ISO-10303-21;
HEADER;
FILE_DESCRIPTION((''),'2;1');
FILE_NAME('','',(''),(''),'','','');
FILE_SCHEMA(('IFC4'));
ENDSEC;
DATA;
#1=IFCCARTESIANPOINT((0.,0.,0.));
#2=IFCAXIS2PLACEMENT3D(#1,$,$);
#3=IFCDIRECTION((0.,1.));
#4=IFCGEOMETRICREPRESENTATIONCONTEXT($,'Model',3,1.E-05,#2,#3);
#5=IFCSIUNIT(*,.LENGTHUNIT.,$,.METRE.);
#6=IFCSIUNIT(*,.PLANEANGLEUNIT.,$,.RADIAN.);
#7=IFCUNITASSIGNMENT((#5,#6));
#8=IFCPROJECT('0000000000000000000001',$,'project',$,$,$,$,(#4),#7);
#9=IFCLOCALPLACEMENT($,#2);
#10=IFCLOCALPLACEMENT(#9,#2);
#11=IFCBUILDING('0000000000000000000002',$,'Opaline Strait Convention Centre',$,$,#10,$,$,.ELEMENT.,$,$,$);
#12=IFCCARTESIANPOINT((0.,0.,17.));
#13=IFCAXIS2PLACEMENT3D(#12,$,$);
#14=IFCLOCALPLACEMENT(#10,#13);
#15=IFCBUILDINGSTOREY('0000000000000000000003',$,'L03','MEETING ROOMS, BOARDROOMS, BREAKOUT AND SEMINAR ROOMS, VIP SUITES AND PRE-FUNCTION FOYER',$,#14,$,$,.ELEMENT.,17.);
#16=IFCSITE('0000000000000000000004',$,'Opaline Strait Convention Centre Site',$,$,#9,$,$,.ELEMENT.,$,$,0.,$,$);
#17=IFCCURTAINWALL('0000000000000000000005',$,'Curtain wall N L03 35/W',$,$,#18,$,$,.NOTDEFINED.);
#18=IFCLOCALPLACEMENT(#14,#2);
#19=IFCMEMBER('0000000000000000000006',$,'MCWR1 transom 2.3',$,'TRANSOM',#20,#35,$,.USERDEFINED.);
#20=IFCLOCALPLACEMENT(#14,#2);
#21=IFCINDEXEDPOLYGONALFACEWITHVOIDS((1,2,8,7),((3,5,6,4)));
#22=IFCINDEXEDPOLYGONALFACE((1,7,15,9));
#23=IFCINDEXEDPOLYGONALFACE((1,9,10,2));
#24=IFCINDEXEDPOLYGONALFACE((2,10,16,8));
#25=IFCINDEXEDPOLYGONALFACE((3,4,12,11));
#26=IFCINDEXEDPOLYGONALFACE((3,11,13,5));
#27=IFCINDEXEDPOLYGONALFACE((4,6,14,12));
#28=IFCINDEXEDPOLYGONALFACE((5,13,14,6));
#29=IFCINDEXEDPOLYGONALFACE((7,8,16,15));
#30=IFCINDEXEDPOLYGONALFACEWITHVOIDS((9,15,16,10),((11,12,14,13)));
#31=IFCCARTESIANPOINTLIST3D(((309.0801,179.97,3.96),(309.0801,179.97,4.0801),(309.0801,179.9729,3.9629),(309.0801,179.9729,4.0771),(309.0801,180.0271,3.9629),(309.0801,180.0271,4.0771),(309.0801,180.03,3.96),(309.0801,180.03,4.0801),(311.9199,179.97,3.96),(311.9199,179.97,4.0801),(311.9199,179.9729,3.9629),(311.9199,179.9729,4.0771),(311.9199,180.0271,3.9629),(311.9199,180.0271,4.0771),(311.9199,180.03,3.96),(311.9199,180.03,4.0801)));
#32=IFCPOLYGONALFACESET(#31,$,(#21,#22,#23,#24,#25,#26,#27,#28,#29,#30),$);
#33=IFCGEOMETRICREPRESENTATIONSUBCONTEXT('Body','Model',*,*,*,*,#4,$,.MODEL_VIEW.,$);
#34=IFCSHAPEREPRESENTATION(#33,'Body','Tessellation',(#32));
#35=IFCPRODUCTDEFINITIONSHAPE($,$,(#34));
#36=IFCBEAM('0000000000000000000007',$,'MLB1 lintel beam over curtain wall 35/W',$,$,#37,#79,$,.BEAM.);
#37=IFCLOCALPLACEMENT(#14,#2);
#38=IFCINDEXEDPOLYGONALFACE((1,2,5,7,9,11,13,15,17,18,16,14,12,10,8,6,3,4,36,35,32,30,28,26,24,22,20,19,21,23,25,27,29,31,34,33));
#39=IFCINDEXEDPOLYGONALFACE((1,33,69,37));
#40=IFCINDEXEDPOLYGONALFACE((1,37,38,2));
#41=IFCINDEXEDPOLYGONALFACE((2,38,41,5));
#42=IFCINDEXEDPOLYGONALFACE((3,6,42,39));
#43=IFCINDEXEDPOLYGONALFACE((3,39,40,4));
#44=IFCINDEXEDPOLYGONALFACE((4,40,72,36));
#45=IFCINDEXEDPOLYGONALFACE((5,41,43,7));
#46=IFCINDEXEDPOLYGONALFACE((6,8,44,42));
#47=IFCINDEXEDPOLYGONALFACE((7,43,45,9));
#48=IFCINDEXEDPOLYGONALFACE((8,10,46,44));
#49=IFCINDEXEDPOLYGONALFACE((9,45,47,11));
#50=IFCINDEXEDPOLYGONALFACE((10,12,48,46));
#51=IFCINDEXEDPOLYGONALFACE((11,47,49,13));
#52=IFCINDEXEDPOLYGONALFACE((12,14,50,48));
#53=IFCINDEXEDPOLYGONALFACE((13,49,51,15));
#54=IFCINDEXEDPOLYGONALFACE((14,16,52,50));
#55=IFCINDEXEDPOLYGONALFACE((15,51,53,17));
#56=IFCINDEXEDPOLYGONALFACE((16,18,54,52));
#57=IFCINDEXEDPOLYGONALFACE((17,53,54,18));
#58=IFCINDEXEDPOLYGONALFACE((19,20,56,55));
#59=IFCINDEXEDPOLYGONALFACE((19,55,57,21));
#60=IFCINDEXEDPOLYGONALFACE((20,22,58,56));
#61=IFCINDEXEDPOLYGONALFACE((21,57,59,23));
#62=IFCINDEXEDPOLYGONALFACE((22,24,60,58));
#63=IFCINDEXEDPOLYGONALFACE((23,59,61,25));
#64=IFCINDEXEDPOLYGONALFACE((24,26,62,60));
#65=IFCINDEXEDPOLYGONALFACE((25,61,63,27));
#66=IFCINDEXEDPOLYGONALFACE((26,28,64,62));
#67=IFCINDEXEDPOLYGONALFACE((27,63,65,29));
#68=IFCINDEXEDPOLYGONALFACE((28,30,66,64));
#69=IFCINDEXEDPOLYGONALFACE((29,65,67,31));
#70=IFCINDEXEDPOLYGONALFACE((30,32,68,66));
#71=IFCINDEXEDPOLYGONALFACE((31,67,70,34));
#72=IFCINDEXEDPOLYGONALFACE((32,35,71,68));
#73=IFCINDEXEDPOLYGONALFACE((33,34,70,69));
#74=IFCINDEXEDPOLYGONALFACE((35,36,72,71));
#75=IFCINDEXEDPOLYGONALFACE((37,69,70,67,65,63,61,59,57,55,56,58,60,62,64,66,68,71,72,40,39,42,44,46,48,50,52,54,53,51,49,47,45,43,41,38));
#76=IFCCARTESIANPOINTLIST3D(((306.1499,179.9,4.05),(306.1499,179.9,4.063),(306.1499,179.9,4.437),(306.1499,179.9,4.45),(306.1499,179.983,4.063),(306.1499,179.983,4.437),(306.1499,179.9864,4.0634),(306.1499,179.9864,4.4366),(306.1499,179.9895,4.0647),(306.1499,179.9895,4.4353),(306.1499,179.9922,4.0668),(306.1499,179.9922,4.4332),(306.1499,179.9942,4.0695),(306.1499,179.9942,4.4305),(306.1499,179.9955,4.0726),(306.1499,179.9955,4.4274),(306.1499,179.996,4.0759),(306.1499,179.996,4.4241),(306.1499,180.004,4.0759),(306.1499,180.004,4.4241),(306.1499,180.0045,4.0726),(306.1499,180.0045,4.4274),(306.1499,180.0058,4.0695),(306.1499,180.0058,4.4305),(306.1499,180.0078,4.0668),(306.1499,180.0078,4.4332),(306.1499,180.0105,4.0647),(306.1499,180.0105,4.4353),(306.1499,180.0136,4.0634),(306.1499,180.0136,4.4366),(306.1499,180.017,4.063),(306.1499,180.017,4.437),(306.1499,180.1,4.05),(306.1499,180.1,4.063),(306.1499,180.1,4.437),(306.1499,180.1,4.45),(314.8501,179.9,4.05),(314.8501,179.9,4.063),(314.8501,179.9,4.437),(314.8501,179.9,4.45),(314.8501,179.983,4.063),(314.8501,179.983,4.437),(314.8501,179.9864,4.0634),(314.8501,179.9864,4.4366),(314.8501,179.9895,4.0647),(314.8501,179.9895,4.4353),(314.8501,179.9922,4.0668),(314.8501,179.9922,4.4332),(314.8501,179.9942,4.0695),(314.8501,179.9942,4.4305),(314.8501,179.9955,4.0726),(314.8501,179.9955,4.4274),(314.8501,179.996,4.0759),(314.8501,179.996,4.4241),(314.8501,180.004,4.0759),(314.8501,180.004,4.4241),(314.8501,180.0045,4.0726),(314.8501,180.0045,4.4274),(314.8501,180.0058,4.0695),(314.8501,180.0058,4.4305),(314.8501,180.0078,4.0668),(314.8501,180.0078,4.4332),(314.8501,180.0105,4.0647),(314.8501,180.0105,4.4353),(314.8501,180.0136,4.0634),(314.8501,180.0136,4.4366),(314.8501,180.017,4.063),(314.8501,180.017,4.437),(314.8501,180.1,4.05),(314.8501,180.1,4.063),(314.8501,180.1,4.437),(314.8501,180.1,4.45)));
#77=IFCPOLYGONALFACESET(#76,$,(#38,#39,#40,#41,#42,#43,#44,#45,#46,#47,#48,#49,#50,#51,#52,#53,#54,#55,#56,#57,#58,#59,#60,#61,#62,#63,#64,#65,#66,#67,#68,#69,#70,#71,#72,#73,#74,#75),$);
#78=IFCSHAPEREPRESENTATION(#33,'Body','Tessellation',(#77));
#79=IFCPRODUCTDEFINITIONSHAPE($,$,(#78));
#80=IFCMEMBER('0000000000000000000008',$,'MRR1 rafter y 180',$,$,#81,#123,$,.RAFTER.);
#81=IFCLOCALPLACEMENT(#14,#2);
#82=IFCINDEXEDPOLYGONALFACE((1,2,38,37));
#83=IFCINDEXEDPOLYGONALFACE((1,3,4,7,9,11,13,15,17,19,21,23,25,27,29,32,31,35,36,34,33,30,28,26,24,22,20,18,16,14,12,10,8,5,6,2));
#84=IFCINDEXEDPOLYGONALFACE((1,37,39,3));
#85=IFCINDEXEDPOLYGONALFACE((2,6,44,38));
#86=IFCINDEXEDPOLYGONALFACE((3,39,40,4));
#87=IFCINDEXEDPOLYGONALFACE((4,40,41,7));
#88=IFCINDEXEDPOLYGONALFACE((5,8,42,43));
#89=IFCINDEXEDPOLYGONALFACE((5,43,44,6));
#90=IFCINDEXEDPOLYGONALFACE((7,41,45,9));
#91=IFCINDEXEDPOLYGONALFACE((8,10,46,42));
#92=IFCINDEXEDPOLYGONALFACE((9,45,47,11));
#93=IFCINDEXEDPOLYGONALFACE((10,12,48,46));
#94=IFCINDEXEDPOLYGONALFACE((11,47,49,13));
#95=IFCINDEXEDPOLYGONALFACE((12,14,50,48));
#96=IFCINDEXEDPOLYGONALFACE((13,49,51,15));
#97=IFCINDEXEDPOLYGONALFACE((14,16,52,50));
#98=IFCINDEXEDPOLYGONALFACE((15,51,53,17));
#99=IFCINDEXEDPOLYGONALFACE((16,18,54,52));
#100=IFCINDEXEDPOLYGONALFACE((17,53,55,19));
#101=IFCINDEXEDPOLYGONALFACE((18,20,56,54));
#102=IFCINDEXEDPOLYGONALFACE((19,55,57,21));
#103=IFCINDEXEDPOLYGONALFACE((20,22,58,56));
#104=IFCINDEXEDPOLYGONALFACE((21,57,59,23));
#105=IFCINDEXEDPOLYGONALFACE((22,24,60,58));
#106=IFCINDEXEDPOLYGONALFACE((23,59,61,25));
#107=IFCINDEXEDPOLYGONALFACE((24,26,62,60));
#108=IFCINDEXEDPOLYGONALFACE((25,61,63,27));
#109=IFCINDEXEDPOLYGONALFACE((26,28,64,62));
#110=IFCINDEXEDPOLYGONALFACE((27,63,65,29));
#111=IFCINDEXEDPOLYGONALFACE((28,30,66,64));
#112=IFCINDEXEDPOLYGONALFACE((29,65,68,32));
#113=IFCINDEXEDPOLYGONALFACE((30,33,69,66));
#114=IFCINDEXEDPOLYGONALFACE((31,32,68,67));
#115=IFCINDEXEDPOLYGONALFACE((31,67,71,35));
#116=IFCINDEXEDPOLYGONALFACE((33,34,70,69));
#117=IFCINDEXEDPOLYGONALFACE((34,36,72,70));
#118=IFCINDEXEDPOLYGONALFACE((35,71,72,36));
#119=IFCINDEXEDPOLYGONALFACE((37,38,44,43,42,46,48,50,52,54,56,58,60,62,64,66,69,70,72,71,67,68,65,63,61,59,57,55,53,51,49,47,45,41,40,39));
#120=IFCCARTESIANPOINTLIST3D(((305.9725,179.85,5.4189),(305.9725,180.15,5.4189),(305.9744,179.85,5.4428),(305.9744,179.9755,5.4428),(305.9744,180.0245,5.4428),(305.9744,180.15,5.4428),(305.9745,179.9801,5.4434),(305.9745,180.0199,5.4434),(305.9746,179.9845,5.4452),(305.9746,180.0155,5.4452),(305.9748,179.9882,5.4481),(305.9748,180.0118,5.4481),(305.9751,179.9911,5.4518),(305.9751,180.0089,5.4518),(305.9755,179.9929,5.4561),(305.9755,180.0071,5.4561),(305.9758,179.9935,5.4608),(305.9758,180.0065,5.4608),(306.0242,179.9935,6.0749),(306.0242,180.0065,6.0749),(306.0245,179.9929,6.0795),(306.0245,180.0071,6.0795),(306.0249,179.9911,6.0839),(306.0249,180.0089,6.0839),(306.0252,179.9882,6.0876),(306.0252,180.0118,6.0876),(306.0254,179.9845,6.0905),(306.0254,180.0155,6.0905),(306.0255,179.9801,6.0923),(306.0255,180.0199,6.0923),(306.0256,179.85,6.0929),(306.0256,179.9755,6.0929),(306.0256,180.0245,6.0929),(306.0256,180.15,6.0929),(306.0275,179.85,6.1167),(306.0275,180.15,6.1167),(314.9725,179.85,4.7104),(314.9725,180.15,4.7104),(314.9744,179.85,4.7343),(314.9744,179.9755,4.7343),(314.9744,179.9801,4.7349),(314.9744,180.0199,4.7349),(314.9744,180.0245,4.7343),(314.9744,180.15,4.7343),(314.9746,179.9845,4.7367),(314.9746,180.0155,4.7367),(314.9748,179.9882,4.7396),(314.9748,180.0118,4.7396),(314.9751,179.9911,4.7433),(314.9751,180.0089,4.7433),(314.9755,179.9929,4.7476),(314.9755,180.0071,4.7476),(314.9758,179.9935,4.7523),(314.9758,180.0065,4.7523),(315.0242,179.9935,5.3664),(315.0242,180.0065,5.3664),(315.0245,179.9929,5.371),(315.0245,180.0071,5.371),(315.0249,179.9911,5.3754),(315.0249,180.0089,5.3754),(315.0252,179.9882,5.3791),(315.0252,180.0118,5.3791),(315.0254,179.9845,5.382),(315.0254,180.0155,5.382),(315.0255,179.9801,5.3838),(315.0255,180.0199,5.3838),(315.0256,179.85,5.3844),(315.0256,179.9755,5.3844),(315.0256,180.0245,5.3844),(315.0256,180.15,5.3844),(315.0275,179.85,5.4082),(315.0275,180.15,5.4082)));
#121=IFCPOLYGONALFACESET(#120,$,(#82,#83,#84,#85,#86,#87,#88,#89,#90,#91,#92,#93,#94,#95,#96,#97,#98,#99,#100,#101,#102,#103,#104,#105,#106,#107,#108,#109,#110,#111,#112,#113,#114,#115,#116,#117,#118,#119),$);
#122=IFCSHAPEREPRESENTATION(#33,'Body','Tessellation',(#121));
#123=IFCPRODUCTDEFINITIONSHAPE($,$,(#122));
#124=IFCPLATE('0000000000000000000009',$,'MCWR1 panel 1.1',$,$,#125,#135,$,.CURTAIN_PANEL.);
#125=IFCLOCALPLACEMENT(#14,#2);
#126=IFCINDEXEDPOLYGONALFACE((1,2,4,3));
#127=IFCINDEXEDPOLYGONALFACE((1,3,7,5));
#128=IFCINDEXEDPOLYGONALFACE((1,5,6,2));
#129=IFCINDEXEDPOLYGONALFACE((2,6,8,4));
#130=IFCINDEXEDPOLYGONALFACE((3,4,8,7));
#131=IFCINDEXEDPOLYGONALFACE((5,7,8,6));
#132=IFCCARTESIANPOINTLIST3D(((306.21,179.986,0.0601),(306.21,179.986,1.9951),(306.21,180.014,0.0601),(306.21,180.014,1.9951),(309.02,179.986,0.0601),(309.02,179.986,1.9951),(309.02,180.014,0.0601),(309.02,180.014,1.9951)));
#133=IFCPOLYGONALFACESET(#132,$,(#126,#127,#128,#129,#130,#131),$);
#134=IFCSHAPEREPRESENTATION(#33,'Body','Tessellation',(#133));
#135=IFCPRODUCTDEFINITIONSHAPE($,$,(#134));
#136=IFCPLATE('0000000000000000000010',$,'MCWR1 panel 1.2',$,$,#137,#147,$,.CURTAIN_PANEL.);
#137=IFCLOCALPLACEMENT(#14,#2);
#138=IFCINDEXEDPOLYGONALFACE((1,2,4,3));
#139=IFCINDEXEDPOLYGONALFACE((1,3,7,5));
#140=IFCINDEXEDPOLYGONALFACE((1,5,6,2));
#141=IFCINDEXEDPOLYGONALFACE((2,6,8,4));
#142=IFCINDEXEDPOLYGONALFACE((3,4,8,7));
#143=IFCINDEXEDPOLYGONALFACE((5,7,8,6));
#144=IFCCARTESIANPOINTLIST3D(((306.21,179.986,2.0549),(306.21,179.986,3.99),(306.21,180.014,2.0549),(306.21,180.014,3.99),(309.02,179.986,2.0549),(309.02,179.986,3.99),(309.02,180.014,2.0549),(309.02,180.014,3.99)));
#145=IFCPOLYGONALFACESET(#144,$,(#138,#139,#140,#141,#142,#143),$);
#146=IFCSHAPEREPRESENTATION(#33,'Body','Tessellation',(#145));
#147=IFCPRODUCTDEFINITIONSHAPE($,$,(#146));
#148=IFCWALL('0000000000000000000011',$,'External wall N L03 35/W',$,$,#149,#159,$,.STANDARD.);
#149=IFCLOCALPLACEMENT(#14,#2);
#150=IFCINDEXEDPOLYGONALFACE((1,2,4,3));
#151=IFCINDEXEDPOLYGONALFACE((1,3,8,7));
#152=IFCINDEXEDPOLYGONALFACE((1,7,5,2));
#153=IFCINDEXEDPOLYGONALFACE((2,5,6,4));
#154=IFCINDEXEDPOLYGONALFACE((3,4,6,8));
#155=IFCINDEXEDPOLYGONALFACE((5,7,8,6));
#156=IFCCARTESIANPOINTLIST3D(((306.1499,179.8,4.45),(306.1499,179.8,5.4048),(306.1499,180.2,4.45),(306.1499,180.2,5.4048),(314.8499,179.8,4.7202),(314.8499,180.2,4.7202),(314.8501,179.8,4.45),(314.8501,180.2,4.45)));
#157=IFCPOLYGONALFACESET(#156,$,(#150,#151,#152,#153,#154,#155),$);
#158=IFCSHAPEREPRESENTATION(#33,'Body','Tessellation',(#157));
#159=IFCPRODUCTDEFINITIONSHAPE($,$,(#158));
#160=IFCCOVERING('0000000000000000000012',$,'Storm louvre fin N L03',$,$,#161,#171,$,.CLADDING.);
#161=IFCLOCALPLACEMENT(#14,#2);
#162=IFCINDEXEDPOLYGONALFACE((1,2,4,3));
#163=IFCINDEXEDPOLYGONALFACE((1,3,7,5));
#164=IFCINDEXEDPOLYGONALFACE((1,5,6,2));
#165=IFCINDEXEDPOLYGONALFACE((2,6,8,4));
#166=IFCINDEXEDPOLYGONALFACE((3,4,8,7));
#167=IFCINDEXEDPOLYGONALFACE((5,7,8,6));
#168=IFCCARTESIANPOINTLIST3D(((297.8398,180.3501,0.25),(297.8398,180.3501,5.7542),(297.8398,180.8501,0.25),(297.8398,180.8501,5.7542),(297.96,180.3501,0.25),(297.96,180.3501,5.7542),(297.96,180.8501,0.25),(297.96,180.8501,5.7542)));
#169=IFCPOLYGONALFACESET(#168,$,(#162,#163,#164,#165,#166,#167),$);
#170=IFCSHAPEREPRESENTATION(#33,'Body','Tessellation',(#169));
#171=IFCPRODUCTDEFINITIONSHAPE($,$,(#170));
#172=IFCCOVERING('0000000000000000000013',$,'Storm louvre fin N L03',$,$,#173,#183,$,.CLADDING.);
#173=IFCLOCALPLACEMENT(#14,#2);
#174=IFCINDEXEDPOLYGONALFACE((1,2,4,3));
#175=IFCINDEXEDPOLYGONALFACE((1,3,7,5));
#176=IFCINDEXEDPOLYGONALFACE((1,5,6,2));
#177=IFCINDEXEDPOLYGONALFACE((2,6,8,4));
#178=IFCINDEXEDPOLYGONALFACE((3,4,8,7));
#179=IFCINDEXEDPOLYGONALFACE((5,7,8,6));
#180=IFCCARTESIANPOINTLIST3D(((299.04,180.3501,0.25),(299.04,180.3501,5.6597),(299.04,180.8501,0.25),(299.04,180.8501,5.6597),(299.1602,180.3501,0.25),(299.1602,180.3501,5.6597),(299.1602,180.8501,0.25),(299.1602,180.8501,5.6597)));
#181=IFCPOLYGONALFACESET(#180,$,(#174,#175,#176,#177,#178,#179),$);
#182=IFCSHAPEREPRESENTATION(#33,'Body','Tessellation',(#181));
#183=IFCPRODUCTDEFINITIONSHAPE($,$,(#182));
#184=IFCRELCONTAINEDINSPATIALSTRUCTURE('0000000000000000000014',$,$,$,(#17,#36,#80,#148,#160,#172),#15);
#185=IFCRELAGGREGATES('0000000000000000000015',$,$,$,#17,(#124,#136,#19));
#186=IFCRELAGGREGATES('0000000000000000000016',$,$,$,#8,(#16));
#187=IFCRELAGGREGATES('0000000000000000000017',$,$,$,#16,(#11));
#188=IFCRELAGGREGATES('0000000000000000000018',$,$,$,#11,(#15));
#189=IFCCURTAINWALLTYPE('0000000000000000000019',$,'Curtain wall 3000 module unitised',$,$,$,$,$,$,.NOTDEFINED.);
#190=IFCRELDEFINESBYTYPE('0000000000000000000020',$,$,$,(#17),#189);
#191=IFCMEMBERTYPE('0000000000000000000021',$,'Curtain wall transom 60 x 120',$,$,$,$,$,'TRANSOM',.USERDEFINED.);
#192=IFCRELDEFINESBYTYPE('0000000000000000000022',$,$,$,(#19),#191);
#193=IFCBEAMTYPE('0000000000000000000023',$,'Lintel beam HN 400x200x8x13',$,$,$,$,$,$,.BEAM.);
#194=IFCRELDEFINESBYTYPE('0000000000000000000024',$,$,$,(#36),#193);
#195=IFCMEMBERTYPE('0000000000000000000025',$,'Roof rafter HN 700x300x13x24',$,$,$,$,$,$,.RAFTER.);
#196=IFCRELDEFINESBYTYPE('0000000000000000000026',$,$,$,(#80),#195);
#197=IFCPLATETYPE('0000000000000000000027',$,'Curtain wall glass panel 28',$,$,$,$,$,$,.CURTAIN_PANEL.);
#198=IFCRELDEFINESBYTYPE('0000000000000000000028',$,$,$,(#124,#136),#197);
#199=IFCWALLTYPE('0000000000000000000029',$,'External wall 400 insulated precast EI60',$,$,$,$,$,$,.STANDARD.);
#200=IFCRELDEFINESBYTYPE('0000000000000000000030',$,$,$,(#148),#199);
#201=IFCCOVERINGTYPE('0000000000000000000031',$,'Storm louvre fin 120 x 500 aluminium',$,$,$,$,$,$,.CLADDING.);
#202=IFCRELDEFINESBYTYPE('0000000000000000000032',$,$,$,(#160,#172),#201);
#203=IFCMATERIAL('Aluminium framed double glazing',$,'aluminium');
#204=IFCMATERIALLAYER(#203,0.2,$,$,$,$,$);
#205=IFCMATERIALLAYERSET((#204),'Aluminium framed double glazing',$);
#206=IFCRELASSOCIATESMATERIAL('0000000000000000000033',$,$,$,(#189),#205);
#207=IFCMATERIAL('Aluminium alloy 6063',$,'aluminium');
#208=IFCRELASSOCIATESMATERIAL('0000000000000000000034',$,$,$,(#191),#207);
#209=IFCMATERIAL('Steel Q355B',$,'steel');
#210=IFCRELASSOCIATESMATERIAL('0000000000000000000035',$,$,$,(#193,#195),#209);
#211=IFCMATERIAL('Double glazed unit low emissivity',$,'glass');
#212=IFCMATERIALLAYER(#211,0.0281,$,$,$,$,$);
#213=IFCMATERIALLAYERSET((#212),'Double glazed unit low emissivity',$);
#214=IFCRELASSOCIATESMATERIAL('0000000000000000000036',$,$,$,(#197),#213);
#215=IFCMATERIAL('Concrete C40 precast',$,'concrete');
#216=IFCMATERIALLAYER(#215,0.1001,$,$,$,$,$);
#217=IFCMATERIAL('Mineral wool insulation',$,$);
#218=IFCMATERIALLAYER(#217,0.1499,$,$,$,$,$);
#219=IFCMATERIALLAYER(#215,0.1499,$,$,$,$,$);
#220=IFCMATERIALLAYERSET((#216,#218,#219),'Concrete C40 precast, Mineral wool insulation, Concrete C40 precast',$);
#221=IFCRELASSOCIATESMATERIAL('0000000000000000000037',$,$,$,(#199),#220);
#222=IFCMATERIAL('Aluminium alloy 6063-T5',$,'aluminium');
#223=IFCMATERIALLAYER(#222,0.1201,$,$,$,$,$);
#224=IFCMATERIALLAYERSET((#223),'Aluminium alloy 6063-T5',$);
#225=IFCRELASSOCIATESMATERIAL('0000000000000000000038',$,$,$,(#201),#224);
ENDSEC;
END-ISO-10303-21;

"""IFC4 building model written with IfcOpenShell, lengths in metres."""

from ifc_helpers import new_model, si_unit, direction, frame, origin, origin_2d, place, context, subcontext, project, spatial, polyline, rectangle, hollow_rectangle, i_section, outline, extrude, material, layer, layer_set, material_profile, profile_set, type_object, element, aggregate, save


model = new_model("IFC4")

# Units and contexts
model_context = context("Model", 3, precision=1e-05, world=origin(), true_north=direction((0.0, 1.0)))
body_context = subcontext(model_context, "Body", "Model", "MODEL_VIEW")
ifc_project = project(units=[si_unit("LENGTHUNIT", "METRE"), si_unit("PLANEANGLEUNIT", "RADIAN")], contexts=[model_context])

# Site, building, storey
site_placement = place(None, origin())
site = spatial("IfcSite", under=ifc_project, at=site_placement, Name="Opaline Strait Convention Centre Site", CompositionType="ELEMENT", RefElevation=0.0)
building_placement = place(site_placement, origin())
building = spatial("IfcBuilding", under=site, at=building_placement, Name="Opaline Strait Convention Centre", CompositionType="ELEMENT")
storey_placement = place(building_placement, frame((0.0, 0.0, 17.0)))
storey = spatial("IfcBuildingStorey", under=building, at=storey_placement, Name="L03", Description="MEETING ROOMS, BOARDROOMS, BREAKOUT AND SEMINAR ROOMS, VIP SUITES AND PRE-FUNCTION FOYER", CompositionType="ELEMENT", Elevation=17.0)

# Shared definitions
ifc_material_1 = material(Name="Steel Q355B", Category="steel")

# Curtain wall, member
ifc_material_2 = material(Name="Aluminium framed double glazing", Category="aluminium")
ifc_layer_1 = layer(ifc_material_2, 0.2)
ifc_layer_set_1 = layer_set([ifc_layer_1], Name="Aluminium framed double glazing")
curtain_wall_type = type_object("IfcCurtainWallType", Name="Curtain wall 3000 module unitised", PredefinedType="NOTDEFINED", material=ifc_layer_set_1)
curtain_wall_placement = place(storey_placement, origin())
curtain_wall = element("IfcCurtainWall", 1, at=curtain_wall_placement, inside=storey, type_object=curtain_wall_type, Name="Curtain wall N L03 35/W", PredefinedType="NOTDEFINED")
ifc_material_3 = material(Name="Aluminium alloy 6063", Category="aluminium")
ifc_material_profile_1 = material_profile(ifc_material_3, hollow_rectangle(XDim=0.0601, YDim=0.1201, WallThickness=0.0029, at=origin_2d()), Name="TRANSOM 60x120x3")
ifc_profile_set_1 = profile_set([ifc_material_profile_1], Name="Aluminium alloy 6063")
member_type_1 = type_object("IfcMemberType", Name="Curtain wall transom 60 x 120", ElementType="TRANSOM", PredefinedType="USERDEFINED", material=ifc_profile_set_1)
member_1_placement = place(storey_placement, frame((309.0801, 180.0, 4.02), z_axis=(1.0, 0.0, 0.0), x_axis=(0.0, 1.0, 0.0)))
member_1 = element("IfcMember", 2, at=member_1_placement, type_object=member_type_1, Name="MCWR1 transom 2.3", ObjectType="TRANSOM", PredefinedType="USERDEFINED", context=body_context, shape_type="SweptSolid", body=[
    extrude(hollow_rectangle(XDim=0.0601, YDim=0.1201, WallThickness=0.0029, at=origin_2d()), origin(), (0.0, 0.0, 1.0), 2.8398),
])

# Beam
ifc_material_profile_2 = material_profile(ifc_material_1, i_section(OverallWidth=0.2, OverallDepth=0.3999, WebThickness=0.0081, FlangeThickness=0.0129, FilletRadius=0.0129, at=origin_2d()), Name="HN 400x200x8x13")
ifc_profile_set_2 = profile_set([ifc_material_profile_2], Name="Steel Q355B")
beam_type = type_object("IfcBeamType", Name="Lintel beam HN 400x200x8x13", PredefinedType="BEAM", material=ifc_profile_set_2)
beam_placement = place(storey_placement, frame((306.1499, 180.0, 4.25), z_axis=(1.0, 0.0, 0.0), x_axis=(0.0, 1.0, 0.0)))
element("IfcBeam", 3, at=beam_placement, inside=storey, type_object=beam_type, Name="MLB1 lintel beam over curtain wall 35/W", PredefinedType="BEAM", context=body_context, shape_type="SweptSolid", body=[
    extrude(i_section(OverallWidth=0.2, OverallDepth=0.3999, WebThickness=0.0081, FlangeThickness=0.0129, FilletRadius=0.0129, at=origin_2d()), origin(), (0.0, 0.0, 1.0), 8.7002),
])

# Member
ifc_material_profile_3 = material_profile(ifc_material_1, i_section(OverallWidth=0.3, OverallDepth=0.7, WebThickness=0.0129, FlangeThickness=0.0239, FilletRadius=0.0181, at=origin_2d()), Name="HN 700x300x13x24")
ifc_profile_set_3 = profile_set([ifc_material_profile_3], Name="Steel Q355B")
member_type_2 = type_object("IfcMemberType", Name="Roof rafter HN 700x300x13x24", PredefinedType="RAFTER", material=ifc_profile_set_3)
member_2_placement = place(storey_placement, frame((306.0, 180.0, 5.7678), z_axis=(0.996916, 0.0, -0.078479), x_axis=(0.0, 1.0, 0.0)))
element("IfcMember", 4, at=member_2_placement, inside=storey, type_object=member_type_2, Name="MRR1 rafter y 180", PredefinedType="RAFTER", context=body_context, shape_type="SweptSolid", body=[
    extrude(i_section(OverallWidth=0.3, OverallDepth=0.7, WebThickness=0.0129, FlangeThickness=0.0239, FilletRadius=0.0181, at=origin_2d()), origin(), (0.0, 0.0, 1.0), 9.0278),
])

# Plates
ifc_material_4 = material(Name="Double glazed unit low emissivity", Category="glass")
ifc_layer_2 = layer(ifc_material_4, 0.0281)
ifc_layer_set_2 = layer_set([ifc_layer_2], Name="Double glazed unit low emissivity")
plate_type = type_object("IfcPlateType", Name="Curtain wall glass panel 28", PredefinedType="CURTAIN_PANEL", material=ifc_layer_set_2)
plate_1_placement = place(storey_placement, frame((307.615, 180.0, 0.0601), z_axis=(0.0, 0.0, 1.0), x_axis=(1.0, 0.0, 0.0)))
plate_1 = element("IfcPlate", 5, at=plate_1_placement, type_object=plate_type, Name="MCWR1 panel 1.1", PredefinedType="CURTAIN_PANEL", context=body_context, shape_type="SweptSolid", body=[
    extrude(rectangle(XDim=2.8101, YDim=0.0281, at=origin_2d()), origin(), (0.0, 0.0, 1.0), 1.9351),
])
plate_2_placement = place(storey_placement, frame((307.615, 180.0, 2.0549), z_axis=(0.0, 0.0, 1.0), x_axis=(1.0, 0.0, 0.0)))
plate_2 = element("IfcPlate", 6, at=plate_2_placement, type_object=plate_type, Name="MCWR1 panel 1.2", PredefinedType="CURTAIN_PANEL", context=body_context, shape_type="SweptSolid", body=[
    extrude(rectangle(XDim=2.8101, YDim=0.0281, at=origin_2d()), origin(), (0.0, 0.0, 1.0), 1.9351),
])
aggregate(curtain_wall, [plate_1, plate_2, member_1])

# Wall
ifc_material_5 = material(Name="Concrete C40 precast", Category="concrete")
ifc_layer_3 = layer(ifc_material_5, 0.1001)
ifc_material_6 = material(Name="Mineral wool insulation")
ifc_layer_4 = layer(ifc_material_6, 0.1499)
ifc_layer_5 = layer(ifc_material_5, 0.1499)
ifc_layer_set_3 = layer_set([ifc_layer_3, ifc_layer_4, ifc_layer_5], Name="Concrete C40 precast, Mineral wool insulation, Concrete C40 precast")
wall_type = type_object("IfcWallType", Name="External wall 400 insulated precast EI60", PredefinedType="STANDARD", material=ifc_layer_set_3)
wall_placement = place(storey_placement, frame((306.1499, 180.0, 4.45), z_axis=(0.0, 0.0, 1.0), x_axis=(1.0, 0.0, 0.0)))
element("IfcWall", 7, at=wall_placement, inside=storey, type_object=wall_type, Name="External wall N L03 35/W", PredefinedType="STANDARD", context=body_context, shape_type="SweptSolid", body=[
    extrude(outline(polyline([(0.0, 0.0), (8.7002, 0.0), (8.7, 0.2703), (0.0, 0.9548), (0.0, 0.0)])), frame((0.0, 0.2, 0.0), z_axis=(0.0, -1.0, 0.0), x_axis=(1.0, 0.0, 0.0)), (0.0, 0.0, 1.0), 0.3999),
])

# Coverings
ifc_material_7 = material(Name="Aluminium alloy 6063-T5", Category="aluminium")
ifc_layer_6 = layer(ifc_material_7, 0.1201)
ifc_layer_set_4 = layer_set([ifc_layer_6], Name="Aluminium alloy 6063-T5")
covering_type = type_object("IfcCoveringType", Name="Storm louvre fin 120 x 500 aluminium", PredefinedType="CLADDING", material=ifc_layer_set_4)
covering_1_placement = place(storey_placement, frame((297.8999, 180.6001, 0.25), z_axis=(0.0, 0.0, 1.0), x_axis=(1.0, 0.0, 0.0)))
element("IfcCovering", 8, at=covering_1_placement, inside=storey, type_object=covering_type, Name="Storm louvre fin N L03", PredefinedType="CLADDING", context=body_context, shape_type="SweptSolid", body=[
    extrude(rectangle(XDim=0.1201, YDim=0.5, at=origin_2d()), origin(), (0.0, 0.0, 1.0), 5.5042),
])
covering_2_placement = place(storey_placement, frame((299.1001, 180.6001, 0.25), z_axis=(0.0, 0.0, 1.0), x_axis=(1.0, 0.0, 0.0)))
element("IfcCovering", 9, at=covering_2_placement, inside=storey, type_object=covering_type, Name="Storm louvre fin N L03", PredefinedType="CLADDING", context=body_context, shape_type="SweptSolid", body=[
    extrude(rectangle(XDim=0.1201, YDim=0.5, at=origin_2d()), origin(), (0.0, 0.0, 1.0), 5.4097),
])

save(model, "model.ifc")
